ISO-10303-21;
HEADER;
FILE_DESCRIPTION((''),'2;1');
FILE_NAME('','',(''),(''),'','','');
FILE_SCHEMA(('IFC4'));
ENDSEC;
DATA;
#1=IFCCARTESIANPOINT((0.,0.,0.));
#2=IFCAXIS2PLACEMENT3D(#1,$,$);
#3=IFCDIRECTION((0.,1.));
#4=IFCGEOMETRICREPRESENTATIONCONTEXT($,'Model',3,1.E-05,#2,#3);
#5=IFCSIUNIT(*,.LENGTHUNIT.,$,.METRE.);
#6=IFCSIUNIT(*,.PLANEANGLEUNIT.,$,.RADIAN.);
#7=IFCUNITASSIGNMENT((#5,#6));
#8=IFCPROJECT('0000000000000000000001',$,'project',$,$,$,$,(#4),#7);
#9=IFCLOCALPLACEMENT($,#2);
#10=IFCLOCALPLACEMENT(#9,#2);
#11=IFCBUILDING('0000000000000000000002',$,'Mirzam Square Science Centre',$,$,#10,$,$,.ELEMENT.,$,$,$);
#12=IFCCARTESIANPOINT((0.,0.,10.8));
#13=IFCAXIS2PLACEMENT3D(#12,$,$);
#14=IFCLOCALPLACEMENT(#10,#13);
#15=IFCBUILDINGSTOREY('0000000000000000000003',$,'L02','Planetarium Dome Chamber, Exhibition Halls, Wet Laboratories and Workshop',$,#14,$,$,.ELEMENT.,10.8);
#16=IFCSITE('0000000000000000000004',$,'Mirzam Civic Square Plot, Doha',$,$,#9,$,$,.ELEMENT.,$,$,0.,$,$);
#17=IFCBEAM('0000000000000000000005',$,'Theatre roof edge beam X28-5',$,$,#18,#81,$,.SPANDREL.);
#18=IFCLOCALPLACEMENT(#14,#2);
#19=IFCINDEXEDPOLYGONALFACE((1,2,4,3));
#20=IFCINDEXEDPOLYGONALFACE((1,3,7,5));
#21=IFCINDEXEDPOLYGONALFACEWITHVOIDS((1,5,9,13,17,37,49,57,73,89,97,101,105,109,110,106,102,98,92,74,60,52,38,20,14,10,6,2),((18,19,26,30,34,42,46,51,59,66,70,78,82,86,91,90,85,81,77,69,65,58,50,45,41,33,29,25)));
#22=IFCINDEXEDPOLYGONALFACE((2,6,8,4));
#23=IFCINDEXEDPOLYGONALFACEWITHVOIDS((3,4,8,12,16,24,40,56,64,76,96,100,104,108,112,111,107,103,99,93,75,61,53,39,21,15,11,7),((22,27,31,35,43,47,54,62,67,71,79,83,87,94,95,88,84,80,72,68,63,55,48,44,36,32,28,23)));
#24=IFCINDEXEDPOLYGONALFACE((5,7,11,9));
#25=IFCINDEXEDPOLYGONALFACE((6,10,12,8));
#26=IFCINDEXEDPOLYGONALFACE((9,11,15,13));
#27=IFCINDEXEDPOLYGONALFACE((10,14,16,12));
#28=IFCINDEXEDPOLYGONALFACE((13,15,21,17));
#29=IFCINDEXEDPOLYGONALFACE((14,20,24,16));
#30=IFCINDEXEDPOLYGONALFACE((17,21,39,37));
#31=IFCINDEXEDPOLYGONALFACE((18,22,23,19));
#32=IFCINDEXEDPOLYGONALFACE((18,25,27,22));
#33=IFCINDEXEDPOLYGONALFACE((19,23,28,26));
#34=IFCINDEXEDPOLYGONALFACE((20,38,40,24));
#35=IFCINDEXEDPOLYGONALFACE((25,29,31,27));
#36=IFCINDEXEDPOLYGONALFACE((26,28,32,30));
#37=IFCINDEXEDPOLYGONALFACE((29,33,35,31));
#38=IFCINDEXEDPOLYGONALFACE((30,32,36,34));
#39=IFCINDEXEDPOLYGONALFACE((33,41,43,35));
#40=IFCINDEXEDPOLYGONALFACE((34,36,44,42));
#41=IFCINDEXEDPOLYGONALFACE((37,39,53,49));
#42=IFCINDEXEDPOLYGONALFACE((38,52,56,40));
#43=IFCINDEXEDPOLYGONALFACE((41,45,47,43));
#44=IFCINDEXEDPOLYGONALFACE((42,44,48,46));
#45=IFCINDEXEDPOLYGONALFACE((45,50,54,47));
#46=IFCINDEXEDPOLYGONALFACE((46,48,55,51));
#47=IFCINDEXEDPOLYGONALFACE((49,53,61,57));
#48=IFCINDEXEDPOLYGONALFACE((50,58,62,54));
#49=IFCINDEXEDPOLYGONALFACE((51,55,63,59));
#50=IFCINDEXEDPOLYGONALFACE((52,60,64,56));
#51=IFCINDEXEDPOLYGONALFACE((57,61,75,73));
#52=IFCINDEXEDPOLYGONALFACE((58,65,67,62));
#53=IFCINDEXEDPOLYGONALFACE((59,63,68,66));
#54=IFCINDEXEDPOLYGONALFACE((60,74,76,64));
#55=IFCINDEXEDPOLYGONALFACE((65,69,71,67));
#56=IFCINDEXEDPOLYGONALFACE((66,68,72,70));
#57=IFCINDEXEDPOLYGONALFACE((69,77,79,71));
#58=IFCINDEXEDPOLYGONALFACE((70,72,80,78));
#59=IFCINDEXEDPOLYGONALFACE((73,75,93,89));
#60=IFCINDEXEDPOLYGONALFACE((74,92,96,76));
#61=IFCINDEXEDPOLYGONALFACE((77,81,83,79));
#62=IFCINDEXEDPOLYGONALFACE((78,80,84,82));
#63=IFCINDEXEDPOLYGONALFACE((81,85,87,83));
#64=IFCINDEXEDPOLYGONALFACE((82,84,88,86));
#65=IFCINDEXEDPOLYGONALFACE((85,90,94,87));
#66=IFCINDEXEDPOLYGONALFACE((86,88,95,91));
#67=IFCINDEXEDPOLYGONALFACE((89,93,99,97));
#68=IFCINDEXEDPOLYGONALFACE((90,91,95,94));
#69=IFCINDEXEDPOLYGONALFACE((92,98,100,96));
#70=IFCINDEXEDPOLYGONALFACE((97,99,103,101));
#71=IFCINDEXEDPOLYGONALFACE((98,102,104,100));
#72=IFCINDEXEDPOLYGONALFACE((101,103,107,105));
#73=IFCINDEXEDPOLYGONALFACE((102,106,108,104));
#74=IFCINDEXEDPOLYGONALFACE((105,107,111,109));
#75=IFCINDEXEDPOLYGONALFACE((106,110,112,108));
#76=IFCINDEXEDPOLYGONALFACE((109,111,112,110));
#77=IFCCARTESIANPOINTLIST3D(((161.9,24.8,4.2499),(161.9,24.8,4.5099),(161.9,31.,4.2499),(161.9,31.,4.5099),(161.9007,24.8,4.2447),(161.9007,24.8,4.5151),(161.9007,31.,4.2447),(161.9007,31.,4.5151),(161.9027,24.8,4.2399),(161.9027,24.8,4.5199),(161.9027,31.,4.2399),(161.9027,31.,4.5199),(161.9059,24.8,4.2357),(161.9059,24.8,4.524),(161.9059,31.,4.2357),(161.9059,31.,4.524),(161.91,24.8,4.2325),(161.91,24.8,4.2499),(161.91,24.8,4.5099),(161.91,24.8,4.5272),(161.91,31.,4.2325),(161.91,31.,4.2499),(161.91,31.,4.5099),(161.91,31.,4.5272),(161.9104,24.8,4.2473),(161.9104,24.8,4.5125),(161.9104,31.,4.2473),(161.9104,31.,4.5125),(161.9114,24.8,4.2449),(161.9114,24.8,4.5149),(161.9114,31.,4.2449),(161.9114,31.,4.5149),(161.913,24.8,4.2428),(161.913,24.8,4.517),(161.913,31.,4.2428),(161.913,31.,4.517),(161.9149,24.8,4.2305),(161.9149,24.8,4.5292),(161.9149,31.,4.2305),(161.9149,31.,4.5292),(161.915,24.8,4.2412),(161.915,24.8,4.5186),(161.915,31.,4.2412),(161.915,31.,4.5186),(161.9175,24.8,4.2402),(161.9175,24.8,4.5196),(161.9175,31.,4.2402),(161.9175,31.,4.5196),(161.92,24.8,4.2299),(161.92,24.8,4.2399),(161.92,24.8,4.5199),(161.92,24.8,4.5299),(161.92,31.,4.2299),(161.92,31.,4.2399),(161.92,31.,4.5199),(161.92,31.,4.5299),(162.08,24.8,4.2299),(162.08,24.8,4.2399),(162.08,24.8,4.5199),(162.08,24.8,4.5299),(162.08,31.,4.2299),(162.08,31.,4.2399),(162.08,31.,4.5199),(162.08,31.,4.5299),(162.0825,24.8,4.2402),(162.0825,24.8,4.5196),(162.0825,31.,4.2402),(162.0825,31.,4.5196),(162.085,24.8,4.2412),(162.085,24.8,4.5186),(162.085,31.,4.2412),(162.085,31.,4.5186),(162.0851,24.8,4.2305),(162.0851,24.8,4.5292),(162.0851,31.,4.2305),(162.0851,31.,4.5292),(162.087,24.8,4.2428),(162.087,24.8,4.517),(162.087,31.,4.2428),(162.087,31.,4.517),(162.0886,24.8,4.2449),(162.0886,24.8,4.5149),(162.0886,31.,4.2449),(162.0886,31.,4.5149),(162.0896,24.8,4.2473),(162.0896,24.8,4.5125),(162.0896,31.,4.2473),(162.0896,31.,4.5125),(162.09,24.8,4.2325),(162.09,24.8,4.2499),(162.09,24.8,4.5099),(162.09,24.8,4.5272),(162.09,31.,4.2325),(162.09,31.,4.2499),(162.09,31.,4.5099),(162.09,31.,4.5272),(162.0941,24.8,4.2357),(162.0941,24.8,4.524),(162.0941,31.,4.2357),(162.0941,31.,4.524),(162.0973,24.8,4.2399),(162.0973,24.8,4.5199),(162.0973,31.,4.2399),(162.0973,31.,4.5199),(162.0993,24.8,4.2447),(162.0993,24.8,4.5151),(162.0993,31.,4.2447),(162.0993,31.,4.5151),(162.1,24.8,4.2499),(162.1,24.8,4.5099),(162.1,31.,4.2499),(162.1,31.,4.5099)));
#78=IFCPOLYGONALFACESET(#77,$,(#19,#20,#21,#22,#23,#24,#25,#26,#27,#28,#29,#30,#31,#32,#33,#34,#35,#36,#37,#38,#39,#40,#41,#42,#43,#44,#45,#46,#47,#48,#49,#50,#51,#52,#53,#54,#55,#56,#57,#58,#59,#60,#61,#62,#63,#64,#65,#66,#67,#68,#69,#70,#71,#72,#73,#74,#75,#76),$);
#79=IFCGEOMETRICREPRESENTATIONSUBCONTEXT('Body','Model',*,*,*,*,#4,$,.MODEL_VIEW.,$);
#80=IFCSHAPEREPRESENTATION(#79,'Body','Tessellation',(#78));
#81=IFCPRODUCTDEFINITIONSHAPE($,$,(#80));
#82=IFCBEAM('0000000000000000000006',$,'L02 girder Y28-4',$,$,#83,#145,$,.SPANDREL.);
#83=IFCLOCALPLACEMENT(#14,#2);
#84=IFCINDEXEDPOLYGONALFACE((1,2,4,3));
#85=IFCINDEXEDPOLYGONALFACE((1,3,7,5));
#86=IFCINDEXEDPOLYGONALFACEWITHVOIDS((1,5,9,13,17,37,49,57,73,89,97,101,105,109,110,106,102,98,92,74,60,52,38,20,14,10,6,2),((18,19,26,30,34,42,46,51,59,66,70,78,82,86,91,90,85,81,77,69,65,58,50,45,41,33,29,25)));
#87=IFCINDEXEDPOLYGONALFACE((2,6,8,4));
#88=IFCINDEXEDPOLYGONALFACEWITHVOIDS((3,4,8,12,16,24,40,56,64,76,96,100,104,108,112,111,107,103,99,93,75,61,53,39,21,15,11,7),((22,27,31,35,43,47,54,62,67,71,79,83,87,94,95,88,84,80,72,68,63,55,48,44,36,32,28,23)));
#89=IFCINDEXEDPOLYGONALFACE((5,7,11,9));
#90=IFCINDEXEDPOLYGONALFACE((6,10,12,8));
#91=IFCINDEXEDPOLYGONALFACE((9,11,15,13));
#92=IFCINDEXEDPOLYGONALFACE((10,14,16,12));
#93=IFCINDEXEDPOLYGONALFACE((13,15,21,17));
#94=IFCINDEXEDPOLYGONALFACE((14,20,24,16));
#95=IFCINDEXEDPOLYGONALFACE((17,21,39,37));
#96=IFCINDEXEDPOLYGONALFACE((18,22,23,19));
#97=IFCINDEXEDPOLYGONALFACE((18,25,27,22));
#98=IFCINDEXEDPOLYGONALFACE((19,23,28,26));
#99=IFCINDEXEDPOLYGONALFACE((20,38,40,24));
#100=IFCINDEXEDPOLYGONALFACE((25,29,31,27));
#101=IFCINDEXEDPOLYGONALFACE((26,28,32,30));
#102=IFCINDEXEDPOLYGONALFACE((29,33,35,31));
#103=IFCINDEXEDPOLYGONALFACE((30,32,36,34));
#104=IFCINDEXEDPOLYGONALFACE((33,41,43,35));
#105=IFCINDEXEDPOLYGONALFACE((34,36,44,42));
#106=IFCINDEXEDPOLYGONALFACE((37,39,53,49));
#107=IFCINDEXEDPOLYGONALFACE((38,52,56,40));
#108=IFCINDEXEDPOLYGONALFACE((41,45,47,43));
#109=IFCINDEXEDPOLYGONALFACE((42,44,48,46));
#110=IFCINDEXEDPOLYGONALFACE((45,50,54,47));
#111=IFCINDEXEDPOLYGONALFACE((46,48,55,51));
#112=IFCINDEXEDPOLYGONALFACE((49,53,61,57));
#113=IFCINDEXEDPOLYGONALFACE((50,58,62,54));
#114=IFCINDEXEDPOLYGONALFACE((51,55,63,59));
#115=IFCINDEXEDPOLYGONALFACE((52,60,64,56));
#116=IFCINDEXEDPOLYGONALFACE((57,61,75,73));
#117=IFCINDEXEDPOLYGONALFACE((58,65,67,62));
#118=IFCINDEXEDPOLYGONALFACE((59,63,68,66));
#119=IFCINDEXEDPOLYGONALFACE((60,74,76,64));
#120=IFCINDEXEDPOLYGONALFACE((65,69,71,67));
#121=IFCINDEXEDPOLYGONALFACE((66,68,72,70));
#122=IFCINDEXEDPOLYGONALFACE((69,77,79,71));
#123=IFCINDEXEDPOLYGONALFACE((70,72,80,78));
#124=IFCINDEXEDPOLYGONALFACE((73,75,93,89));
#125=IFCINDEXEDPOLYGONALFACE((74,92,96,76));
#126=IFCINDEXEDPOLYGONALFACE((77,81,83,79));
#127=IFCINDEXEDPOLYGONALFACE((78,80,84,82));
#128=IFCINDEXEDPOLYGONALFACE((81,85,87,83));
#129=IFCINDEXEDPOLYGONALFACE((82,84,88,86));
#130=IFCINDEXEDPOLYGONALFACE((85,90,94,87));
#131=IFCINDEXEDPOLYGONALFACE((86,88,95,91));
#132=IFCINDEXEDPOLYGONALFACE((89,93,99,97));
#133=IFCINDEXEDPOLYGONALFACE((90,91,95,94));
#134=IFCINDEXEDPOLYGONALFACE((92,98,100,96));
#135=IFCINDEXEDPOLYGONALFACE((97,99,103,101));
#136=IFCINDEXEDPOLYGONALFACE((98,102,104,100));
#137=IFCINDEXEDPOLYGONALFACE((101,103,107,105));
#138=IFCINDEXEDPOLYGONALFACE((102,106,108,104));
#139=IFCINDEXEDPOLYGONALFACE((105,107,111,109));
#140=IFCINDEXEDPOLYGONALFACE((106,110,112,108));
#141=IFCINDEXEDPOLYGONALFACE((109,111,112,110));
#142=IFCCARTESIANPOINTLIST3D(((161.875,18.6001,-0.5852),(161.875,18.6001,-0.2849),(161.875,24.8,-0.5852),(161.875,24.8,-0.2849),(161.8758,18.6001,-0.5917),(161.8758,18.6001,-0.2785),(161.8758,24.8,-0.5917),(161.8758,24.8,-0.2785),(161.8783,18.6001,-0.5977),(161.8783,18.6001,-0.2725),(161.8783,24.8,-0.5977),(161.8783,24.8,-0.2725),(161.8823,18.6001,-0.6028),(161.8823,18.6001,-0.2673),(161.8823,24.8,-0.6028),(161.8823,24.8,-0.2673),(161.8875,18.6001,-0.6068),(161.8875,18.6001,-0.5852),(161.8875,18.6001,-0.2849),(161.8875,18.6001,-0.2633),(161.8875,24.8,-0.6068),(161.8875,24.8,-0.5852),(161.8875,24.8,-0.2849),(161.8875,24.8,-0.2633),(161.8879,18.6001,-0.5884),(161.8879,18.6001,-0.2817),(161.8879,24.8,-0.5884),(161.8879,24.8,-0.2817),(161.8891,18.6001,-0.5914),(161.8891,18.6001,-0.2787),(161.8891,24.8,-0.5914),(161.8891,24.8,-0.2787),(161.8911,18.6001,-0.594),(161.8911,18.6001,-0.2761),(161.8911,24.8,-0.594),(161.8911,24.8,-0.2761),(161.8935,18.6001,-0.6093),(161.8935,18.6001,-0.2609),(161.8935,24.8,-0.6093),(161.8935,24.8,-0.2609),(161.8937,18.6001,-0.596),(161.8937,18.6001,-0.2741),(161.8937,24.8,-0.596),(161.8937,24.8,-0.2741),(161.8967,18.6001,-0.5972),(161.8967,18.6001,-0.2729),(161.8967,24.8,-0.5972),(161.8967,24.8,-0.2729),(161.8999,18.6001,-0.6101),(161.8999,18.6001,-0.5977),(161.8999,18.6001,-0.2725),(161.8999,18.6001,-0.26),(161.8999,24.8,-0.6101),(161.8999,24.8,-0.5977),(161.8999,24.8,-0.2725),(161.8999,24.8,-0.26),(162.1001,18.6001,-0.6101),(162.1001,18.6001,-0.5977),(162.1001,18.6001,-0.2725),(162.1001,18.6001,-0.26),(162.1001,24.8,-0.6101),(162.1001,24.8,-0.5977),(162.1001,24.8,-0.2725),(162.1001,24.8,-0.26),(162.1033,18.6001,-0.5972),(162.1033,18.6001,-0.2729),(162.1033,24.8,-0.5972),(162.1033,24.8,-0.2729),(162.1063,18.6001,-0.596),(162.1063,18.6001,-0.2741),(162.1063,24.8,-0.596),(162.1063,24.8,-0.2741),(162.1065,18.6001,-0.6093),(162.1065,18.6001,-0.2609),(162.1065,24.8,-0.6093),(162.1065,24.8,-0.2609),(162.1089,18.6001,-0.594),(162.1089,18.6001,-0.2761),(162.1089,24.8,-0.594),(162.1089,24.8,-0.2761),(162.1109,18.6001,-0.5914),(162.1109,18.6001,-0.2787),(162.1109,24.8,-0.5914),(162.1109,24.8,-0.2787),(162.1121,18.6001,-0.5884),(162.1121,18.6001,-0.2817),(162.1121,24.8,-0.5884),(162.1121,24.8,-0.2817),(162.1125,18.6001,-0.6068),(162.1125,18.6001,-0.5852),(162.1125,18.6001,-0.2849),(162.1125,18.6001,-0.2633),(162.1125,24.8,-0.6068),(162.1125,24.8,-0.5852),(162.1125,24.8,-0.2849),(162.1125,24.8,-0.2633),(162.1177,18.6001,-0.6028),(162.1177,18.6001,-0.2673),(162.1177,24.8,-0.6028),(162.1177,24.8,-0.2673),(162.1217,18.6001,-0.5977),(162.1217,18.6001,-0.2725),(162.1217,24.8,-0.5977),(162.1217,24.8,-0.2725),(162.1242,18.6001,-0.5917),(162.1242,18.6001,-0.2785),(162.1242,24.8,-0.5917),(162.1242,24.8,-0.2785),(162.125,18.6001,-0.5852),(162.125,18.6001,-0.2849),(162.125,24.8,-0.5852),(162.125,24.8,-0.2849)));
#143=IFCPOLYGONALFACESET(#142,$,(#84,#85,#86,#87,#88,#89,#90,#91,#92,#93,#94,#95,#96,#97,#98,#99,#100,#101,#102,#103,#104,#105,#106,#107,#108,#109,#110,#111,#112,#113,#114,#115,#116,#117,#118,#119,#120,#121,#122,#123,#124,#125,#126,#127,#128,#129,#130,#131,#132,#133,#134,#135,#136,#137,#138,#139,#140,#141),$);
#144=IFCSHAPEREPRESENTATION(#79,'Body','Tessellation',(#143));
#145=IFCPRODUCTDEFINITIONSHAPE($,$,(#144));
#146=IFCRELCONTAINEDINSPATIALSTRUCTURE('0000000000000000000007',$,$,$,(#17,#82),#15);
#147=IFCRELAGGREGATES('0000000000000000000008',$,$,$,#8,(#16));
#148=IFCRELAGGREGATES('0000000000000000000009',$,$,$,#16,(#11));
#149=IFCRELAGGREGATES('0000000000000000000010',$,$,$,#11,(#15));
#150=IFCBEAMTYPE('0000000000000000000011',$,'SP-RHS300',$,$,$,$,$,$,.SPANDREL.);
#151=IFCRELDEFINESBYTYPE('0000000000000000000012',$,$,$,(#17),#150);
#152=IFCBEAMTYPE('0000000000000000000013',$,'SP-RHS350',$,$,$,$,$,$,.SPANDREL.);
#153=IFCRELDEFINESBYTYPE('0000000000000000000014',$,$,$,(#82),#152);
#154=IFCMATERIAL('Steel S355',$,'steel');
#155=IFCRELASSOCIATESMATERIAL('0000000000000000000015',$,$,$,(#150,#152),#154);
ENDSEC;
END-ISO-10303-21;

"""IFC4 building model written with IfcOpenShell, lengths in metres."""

from ifc_helpers import new_model, si_unit, direction, frame, origin, origin_2d, place, context, subcontext, project, spatial, hollow_rectangle, extrude, material, material_profile, profile_set, type_object, element, save


model = new_model("IFC4")

# Units and contexts
model_context = context("Model", 3, precision=1e-05, world=origin(), true_north=direction((0.0, 1.0)))
body_context = subcontext(model_context, "Body", "Model", "MODEL_VIEW")
ifc_project = project(units=[si_unit("LENGTHUNIT", "METRE"), si_unit("PLANEANGLEUNIT", "RADIAN")], contexts=[model_context])

# Site, building, storey
site_placement = place(None, origin())
site = spatial("IfcSite", under=ifc_project, at=site_placement, Name="Mirzam Civic Square Plot, Doha", CompositionType="ELEMENT", RefElevation=0.0)
building_placement = place(site_placement, origin())
building = spatial("IfcBuilding", under=site, at=building_placement, Name="Mirzam Square Science Centre", CompositionType="ELEMENT")
storey_placement = place(building_placement, frame((0.0, 0.0, 10.8)))
storey = spatial("IfcBuildingStorey", under=building, at=storey_placement, Name="L02", Description="Planetarium Dome Chamber, Exhibition Halls, Wet Laboratories and Workshop", CompositionType="ELEMENT", Elevation=10.8)

# Shared definitions
ifc_material_1 = material(Name="Steel S355", Category="steel")

# Beams
ifc_material_profile_1 = material_profile(ifc_material_1, hollow_rectangle(XDim=0.2, YDim=0.3, WallThickness=0.01, InnerFilletRadius=0.01, OuterFilletRadius=0.02, at=origin_2d()), Name="300x200x10.0RHS")
ifc_profile_set_1 = profile_set([ifc_material_profile_1], Name="Steel S355")
beam_type_1 = type_object("IfcBeamType", Name="SP-RHS300", PredefinedType="SPANDREL", material=ifc_profile_set_1)
for number, where, z_axis, x_axis, name in (
    (1, (162.0, 24.8, 4.3799), (0.0, 1.0, 0.0), (-1.0, 0.0, 0.0), "Theatre roof edge beam X28-5"),
):
    element("IfcBeam", number, at=place(storey_placement, frame(where, z_axis=z_axis, x_axis=x_axis)), inside=storey, type_object=beam_type_1, Name=name, PredefinedType="SPANDREL", context=body_context, shape_type="SweptSolid", body=[
        extrude(hollow_rectangle(XDim=0.2, YDim=0.3, WallThickness=0.01, InnerFilletRadius=0.01, OuterFilletRadius=0.02, at=origin_2d()), origin(), (0.0, 0.0, 1.0), 6.2),
    ])
ifc_material_profile_2 = material_profile(ifc_material_1, hollow_rectangle(XDim=0.25, YDim=0.3501, WallThickness=0.0125, InnerFilletRadius=0.0125, OuterFilletRadius=0.0249, at=origin_2d()), Name="350x250x12.5RHS")
ifc_profile_set_2 = profile_set([ifc_material_profile_2], Name="Steel S355")
beam_type_2 = type_object("IfcBeamType", Name="SP-RHS350", PredefinedType="SPANDREL", material=ifc_profile_set_2)
for number, where, z_axis, x_axis, name in (
    (2, (162.0, 18.6001, -0.4351), (0.0, 1.0, 0.0), (-1.0, 0.0, 0.0), "L02 girder Y28-4"),
):
    element("IfcBeam", number, at=place(storey_placement, frame(where, z_axis=z_axis, x_axis=x_axis)), inside=storey, type_object=beam_type_2, Name=name, PredefinedType="SPANDREL", context=body_context, shape_type="SweptSolid", body=[
        extrude(hollow_rectangle(XDim=0.25, YDim=0.3501, WallThickness=0.0125, InnerFilletRadius=0.0125, OuterFilletRadius=0.0249, at=origin_2d()), origin(), (0.0, 0.0, 1.0), 6.2),
    ])

save(model, "model.ifc")
